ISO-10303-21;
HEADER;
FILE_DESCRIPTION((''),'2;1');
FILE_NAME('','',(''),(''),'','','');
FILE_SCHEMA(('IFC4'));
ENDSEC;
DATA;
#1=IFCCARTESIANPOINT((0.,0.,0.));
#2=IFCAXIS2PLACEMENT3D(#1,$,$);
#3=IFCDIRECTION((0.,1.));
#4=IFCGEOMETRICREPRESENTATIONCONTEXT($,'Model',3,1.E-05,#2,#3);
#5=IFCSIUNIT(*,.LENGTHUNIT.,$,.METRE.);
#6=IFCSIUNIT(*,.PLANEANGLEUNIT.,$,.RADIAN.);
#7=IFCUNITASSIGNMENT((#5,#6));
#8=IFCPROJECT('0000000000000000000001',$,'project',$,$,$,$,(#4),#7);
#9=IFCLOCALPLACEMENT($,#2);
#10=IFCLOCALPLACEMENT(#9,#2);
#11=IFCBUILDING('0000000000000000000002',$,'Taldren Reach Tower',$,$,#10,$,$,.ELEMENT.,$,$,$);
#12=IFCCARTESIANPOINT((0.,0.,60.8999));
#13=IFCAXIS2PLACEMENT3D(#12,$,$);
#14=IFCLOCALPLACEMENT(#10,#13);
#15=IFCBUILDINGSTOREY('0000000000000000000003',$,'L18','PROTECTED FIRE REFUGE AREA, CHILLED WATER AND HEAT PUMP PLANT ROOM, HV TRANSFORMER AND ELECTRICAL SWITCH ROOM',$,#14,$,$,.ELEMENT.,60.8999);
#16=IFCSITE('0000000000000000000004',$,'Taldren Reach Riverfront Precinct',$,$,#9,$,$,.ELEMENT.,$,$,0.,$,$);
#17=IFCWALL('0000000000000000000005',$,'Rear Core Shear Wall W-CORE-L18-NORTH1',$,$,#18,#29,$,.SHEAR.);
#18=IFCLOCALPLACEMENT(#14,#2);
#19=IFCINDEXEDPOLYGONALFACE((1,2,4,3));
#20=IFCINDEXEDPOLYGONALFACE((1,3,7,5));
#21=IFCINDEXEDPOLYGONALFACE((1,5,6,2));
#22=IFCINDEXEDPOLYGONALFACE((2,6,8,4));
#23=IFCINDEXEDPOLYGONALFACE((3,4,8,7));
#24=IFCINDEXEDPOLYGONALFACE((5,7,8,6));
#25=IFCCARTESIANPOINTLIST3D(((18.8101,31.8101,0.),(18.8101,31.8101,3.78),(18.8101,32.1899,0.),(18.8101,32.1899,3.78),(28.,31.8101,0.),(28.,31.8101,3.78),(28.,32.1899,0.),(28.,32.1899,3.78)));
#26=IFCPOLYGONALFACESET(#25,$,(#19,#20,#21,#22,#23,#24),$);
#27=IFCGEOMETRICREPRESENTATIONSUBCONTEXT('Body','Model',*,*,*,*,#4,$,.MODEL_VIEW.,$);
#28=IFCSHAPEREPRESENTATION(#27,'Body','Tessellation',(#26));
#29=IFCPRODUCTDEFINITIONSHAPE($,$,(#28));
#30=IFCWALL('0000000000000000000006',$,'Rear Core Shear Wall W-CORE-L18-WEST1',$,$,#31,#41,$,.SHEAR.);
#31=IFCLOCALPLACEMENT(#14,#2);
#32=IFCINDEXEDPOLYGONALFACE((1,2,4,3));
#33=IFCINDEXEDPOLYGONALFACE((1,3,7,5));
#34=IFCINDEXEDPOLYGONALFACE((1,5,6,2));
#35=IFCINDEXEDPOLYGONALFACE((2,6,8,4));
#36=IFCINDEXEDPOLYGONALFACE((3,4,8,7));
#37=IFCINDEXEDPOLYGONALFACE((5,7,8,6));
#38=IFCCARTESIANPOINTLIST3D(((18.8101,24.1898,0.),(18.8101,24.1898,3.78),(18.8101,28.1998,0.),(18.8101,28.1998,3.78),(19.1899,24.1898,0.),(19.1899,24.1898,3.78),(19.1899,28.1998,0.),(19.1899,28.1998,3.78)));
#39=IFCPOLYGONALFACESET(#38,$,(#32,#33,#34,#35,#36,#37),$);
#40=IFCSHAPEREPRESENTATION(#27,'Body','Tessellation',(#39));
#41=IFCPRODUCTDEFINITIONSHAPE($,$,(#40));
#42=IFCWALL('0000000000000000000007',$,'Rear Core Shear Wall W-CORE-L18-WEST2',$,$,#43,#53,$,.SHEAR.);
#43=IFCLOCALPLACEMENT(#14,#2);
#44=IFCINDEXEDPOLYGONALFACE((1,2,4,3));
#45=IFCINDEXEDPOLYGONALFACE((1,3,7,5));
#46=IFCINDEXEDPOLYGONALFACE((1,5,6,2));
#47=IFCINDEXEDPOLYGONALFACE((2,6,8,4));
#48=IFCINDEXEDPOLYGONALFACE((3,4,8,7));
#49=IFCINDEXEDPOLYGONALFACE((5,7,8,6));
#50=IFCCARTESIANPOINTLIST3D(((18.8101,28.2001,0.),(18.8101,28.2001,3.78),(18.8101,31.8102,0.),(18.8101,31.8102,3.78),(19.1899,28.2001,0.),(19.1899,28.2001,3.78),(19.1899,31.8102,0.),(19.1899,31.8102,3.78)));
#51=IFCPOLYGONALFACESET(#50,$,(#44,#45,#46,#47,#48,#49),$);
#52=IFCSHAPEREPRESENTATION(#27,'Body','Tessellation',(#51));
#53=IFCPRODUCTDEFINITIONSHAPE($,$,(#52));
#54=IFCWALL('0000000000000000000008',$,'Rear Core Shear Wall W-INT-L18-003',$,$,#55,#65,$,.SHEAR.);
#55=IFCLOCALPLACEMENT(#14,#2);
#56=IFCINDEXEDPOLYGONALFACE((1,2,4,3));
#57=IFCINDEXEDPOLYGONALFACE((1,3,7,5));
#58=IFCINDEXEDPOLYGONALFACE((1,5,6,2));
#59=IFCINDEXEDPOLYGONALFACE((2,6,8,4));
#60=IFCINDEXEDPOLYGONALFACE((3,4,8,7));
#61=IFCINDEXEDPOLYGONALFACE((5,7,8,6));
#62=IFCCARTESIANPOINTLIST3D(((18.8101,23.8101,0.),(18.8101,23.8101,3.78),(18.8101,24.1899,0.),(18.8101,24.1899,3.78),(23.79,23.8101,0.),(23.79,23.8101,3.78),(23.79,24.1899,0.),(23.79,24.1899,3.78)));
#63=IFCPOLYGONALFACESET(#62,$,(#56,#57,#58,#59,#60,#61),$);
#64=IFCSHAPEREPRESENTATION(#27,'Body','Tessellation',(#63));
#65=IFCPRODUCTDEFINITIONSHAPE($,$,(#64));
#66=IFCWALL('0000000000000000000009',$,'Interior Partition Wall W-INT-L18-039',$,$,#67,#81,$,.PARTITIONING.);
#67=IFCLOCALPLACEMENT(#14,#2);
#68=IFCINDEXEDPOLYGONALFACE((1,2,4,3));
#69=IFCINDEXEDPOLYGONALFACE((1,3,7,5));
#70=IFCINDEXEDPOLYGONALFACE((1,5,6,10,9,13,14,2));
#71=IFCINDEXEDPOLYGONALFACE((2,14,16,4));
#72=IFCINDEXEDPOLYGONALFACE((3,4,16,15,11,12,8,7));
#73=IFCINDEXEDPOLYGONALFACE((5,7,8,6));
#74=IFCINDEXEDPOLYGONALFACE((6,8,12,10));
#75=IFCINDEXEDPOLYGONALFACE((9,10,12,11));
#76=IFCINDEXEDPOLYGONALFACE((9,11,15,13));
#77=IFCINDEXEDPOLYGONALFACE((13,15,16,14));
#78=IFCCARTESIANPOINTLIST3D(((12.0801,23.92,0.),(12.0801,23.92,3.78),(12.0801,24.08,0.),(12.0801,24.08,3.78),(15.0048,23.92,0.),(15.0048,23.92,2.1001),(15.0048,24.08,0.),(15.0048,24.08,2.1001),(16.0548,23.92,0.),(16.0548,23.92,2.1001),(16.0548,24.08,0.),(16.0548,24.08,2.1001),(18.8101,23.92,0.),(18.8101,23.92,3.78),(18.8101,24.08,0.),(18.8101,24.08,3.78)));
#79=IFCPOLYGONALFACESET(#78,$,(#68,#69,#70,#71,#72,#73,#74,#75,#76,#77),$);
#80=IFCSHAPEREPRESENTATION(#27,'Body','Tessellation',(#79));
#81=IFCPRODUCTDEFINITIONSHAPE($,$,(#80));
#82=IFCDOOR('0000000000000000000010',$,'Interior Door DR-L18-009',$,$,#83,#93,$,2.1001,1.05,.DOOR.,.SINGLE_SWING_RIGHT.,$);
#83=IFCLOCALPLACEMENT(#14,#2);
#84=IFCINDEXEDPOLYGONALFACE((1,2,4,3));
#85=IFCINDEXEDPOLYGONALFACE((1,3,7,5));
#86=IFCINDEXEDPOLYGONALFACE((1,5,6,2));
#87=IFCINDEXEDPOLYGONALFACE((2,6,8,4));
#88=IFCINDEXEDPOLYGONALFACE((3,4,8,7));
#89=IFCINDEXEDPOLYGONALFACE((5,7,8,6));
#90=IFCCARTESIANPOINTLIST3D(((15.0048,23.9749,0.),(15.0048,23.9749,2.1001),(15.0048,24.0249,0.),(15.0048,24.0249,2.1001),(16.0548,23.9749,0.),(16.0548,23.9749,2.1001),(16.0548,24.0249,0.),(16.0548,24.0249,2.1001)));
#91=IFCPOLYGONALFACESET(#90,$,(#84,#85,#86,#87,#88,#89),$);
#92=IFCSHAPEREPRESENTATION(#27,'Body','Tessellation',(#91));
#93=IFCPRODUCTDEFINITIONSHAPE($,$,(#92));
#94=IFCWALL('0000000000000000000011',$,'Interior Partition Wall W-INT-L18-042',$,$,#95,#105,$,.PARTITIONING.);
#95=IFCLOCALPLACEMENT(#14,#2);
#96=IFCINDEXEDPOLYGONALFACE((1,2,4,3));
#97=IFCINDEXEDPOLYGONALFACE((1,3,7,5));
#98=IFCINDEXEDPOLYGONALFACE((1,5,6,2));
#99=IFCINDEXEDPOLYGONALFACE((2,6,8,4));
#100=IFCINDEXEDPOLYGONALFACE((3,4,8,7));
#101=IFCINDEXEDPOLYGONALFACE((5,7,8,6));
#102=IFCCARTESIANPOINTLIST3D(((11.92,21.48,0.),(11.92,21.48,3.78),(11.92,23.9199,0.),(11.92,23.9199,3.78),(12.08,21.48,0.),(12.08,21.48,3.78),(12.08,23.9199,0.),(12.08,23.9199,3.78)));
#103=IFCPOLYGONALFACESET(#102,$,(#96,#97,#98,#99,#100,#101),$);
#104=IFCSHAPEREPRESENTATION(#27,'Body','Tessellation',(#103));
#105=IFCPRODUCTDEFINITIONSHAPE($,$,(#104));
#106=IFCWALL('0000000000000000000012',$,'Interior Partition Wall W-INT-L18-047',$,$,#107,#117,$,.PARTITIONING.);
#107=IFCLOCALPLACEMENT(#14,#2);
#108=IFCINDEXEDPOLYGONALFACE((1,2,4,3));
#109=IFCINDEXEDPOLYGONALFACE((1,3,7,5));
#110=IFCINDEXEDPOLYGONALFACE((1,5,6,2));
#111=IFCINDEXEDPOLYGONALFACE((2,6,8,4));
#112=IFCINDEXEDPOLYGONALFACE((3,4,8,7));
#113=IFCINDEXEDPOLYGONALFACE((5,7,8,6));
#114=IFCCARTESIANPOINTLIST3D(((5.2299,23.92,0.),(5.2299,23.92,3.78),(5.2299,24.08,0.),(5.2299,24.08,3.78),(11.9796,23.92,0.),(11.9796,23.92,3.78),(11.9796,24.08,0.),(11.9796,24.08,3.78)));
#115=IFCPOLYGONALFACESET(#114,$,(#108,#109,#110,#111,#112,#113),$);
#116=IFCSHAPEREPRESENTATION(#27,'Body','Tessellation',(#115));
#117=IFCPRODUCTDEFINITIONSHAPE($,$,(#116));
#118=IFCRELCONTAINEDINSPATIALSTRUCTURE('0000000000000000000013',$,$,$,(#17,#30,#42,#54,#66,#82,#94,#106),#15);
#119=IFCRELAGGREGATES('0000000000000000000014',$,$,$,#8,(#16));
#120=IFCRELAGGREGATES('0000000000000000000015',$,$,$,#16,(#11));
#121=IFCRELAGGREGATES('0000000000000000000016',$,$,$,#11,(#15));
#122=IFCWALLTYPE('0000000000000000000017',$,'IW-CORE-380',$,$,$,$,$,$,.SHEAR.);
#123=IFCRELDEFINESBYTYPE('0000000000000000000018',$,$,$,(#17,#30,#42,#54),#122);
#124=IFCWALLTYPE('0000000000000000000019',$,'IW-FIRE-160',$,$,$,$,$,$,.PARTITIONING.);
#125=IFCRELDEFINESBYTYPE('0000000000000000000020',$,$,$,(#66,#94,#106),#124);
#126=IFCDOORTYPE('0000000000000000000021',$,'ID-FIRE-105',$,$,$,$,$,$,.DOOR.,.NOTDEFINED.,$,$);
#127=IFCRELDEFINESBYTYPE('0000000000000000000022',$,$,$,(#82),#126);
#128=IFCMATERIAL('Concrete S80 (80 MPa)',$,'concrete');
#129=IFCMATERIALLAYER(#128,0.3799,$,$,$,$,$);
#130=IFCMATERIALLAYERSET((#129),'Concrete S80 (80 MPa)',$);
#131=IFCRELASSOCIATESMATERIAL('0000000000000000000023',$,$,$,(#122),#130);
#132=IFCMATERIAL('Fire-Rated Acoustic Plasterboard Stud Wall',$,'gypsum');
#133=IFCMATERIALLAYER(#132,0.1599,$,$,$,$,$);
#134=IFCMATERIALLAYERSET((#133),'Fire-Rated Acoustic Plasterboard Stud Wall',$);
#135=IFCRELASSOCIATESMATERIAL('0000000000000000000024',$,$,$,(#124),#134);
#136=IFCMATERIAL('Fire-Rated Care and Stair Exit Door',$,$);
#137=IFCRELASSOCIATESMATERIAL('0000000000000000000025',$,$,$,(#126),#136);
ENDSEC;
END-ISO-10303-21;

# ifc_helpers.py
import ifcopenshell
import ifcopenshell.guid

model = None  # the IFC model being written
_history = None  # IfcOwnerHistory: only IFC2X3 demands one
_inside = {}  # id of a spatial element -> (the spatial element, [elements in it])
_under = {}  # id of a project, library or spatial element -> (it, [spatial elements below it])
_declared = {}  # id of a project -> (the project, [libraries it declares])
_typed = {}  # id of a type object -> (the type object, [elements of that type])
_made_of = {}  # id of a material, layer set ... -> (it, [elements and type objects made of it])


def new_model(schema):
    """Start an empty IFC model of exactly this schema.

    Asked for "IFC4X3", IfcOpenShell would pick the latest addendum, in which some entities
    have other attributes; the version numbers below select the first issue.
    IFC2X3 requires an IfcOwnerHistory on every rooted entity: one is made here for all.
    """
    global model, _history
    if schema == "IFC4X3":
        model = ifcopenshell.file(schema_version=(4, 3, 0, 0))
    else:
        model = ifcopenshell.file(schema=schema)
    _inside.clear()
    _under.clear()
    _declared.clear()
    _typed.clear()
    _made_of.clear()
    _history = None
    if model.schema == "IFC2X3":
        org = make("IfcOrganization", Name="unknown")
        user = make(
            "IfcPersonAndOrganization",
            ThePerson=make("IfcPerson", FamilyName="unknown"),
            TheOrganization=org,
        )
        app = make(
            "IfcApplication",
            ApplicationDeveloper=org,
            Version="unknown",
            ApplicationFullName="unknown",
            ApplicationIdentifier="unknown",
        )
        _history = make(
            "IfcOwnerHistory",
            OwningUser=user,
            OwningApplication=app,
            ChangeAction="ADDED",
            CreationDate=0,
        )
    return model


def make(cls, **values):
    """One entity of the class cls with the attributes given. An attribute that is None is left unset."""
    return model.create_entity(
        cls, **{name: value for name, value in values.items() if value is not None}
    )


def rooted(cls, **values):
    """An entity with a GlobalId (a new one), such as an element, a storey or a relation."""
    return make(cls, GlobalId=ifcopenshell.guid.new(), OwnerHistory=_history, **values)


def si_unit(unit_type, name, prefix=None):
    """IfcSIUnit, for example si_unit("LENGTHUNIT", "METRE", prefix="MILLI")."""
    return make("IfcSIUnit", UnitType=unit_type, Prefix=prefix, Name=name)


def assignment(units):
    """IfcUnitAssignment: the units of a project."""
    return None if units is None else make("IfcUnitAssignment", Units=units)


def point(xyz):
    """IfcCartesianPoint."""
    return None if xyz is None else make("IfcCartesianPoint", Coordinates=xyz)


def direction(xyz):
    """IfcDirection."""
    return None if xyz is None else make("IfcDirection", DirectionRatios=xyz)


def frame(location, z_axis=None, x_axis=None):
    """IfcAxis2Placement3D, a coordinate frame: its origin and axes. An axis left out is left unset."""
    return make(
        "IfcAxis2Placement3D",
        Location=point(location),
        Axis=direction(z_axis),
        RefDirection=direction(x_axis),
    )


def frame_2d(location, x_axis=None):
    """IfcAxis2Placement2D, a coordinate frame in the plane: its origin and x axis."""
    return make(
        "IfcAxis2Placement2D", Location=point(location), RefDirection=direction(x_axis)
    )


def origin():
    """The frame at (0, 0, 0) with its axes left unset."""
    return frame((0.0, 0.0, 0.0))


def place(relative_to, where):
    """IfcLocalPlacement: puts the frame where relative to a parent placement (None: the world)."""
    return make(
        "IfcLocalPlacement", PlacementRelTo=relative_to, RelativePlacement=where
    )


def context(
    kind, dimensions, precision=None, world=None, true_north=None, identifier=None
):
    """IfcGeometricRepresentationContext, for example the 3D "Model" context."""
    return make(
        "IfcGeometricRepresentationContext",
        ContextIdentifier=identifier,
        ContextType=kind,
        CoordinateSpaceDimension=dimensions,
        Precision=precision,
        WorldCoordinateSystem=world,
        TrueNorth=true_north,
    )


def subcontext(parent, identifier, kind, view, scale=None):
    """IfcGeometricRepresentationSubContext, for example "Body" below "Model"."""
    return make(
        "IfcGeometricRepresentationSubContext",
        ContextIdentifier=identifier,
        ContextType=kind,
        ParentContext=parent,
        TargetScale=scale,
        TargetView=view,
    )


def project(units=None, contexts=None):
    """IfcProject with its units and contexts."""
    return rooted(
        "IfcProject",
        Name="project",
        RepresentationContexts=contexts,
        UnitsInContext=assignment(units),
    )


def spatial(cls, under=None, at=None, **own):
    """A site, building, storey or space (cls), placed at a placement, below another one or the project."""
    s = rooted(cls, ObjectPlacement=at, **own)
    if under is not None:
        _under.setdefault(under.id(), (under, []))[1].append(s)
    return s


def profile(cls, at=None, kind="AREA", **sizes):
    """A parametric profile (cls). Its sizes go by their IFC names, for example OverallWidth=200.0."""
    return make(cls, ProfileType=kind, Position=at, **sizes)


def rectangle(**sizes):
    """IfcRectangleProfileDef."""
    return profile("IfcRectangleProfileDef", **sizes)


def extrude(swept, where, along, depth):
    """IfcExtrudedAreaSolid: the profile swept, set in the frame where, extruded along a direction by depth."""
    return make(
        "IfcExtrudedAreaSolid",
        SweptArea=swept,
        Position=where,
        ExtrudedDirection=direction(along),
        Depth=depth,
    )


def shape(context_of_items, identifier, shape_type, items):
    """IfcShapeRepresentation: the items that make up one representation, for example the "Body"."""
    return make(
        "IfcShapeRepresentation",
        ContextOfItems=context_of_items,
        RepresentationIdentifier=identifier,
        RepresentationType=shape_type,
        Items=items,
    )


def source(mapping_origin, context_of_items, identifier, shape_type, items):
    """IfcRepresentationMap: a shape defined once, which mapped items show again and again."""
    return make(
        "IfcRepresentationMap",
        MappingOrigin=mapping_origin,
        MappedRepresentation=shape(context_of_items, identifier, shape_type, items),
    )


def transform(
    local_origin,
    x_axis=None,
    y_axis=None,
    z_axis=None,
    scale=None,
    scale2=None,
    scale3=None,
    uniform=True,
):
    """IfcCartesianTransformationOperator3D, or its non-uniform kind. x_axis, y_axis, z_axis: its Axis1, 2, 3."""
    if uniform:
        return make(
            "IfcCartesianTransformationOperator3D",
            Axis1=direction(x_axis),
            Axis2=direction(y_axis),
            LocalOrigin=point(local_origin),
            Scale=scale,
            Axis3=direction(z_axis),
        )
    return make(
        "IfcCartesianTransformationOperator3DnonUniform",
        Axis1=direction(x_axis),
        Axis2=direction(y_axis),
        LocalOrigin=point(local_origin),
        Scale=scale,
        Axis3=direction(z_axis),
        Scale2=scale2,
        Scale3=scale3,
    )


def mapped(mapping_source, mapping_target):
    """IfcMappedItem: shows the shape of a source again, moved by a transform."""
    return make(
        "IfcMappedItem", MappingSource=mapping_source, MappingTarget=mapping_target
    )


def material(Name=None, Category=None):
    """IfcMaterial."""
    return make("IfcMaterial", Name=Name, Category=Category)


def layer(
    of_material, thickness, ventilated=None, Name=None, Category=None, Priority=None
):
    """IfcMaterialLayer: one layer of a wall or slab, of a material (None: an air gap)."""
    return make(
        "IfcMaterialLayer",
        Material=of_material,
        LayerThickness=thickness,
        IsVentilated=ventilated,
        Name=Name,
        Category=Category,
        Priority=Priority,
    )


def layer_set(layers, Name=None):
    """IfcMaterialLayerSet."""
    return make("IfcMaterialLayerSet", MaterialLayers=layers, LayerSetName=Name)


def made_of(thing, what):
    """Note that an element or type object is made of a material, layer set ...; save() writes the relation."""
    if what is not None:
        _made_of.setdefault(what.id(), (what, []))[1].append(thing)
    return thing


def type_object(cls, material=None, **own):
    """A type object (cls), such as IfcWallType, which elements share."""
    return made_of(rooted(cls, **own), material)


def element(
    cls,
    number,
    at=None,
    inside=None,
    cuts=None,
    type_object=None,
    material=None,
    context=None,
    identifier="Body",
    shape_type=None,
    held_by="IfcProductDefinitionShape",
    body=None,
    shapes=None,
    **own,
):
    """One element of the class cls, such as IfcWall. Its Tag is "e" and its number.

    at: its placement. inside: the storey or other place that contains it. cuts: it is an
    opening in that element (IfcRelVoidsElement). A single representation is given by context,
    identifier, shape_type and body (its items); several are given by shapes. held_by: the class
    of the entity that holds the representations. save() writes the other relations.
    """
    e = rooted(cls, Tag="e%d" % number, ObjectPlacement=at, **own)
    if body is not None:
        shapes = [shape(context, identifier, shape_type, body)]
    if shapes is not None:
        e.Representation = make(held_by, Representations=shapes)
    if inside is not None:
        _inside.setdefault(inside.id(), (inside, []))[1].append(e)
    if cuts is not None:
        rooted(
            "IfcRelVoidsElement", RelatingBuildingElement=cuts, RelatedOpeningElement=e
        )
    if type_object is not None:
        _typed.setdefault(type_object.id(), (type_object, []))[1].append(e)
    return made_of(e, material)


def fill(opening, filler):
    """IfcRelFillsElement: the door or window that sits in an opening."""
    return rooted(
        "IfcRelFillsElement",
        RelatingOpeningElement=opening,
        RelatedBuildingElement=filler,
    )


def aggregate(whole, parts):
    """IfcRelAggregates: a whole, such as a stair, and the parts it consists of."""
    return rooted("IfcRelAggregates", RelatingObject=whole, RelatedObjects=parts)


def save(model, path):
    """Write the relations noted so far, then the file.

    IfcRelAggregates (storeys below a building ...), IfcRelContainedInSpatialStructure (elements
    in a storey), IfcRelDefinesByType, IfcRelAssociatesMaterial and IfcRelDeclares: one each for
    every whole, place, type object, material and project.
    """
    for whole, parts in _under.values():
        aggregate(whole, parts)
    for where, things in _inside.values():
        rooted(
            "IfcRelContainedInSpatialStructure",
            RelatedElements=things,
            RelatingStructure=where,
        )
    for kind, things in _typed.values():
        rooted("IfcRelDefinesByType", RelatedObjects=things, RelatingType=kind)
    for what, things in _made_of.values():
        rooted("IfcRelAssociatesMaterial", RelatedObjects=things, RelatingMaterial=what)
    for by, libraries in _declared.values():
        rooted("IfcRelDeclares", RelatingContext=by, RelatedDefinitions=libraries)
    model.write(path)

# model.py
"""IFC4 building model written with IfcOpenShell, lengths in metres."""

from ifc_helpers import new_model, si_unit, direction, frame, frame_2d, origin, place, context, subcontext, project, spatial, rectangle, extrude, source, transform, mapped, material, layer, layer_set, type_object, element, fill, save


model = new_model("IFC4")

# Units and contexts
model_context = context("Model", 3, precision=1e-05, world=origin(), true_north=direction((0.0, 1.0)))
body_context = subcontext(model_context, "Body", "Model", "MODEL_VIEW")
ifc_project = project(units=[si_unit("LENGTHUNIT", "METRE"), si_unit("PLANEANGLEUNIT", "RADIAN")], contexts=[model_context])

# Site, building, storey
site_placement = place(None, origin())
site = spatial("IfcSite", under=ifc_project, at=site_placement, Name="Taldren Reach Riverfront Precinct", CompositionType="ELEMENT", RefElevation=0.0)
building_placement = place(site_placement, origin())
building = spatial("IfcBuilding", under=site, at=building_placement, Name="Taldren Reach Tower", CompositionType="ELEMENT")
storey_placement = place(building_placement, frame((0.0, 0.0, 60.8999)))
storey = spatial("IfcBuildingStorey", under=building, at=storey_placement, Name="L18", Description="PROTECTED FIRE REFUGE AREA, CHILLED WATER AND HEAT PUMP PLANT ROOM, HV TRANSFORMER AND ELECTRICAL SWITCH ROOM", CompositionType="ELEMENT", Elevation=60.8999)

# Shared definitions
ifc_material_1 = material(Name="Concrete S80 (80 MPa)", Category="concrete")

# Walls
ifc_layer_1 = layer(ifc_material_1, 0.3799)
ifc_layer_set_1 = layer_set([ifc_layer_1], Name="Concrete S80 (80 MPa)")
wall_type_1 = type_object("IfcWallType", Name="IW-CORE-380", PredefinedType="SHEAR", material=ifc_layer_set_1)
shared_shape_1 = source(origin(), body_context, "Body", "SweptSolid", [
    extrude(rectangle(XDim=9.1899, YDim=0.3799, at=frame_2d((4.595, 0.0))), origin(), (0.0, 0.0, 1.0), 3.78),
])
wall_1_placement = place(storey_placement, frame((18.8101, 32.0, 0.0), z_axis=(0.0, 0.0, 1.0), x_axis=(1.0, 0.0, 0.0)))
element("IfcWall", 1, at=wall_1_placement, inside=storey, type_object=wall_type_1, Name="Rear Core Shear Wall W-CORE-L18-NORTH1", PredefinedType="SHEAR", context=body_context, shape_type="MappedRepresentation", body=[
    mapped(shared_shape_1, transform((0.0, 0.0, 0.0), scale=1.0)),
])
shared_shape_2 = source(origin(), body_context, "Body", "SweptSolid", [
    extrude(rectangle(XDim=4.01, YDim=0.3799, at=frame_2d((2.0049, 0.0))), origin(), (0.0, 0.0, 1.0), 3.78),
])
wall_2_placement = place(storey_placement, frame((19.0, 24.1899, 0.0), z_axis=(0.0, 0.0, 1.0), x_axis=(0.0, 1.0, 0.0)))
element("IfcWall", 2, at=wall_2_placement, inside=storey, type_object=wall_type_1, Name="Rear Core Shear Wall W-CORE-L18-WEST1", PredefinedType="SHEAR", context=body_context, shape_type="MappedRepresentation", body=[
    mapped(shared_shape_2, transform((0.0, 0.0, 0.0), scale=1.0)),
])
shared_shape_3 = source(origin(), body_context, "Body", "SweptSolid", [
    extrude(rectangle(XDim=3.6101, YDim=0.3799, at=frame_2d((1.8052, 0.0))), origin(), (0.0, 0.0, 1.0), 3.78),
])
wall_3_placement = place(storey_placement, frame((19.0, 28.2, 0.0), z_axis=(0.0, 0.0, 1.0), x_axis=(0.0, 1.0, 0.0)))
element("IfcWall", 3, at=wall_3_placement, inside=storey, type_object=wall_type_1, Name="Rear Core Shear Wall W-CORE-L18-WEST2", PredefinedType="SHEAR", context=body_context, shape_type="MappedRepresentation", body=[
    mapped(shared_shape_3, transform((0.0, 0.0, 0.0), scale=1.0)),
])
shared_shape_4 = source(origin(), body_context, "Body", "SweptSolid", [
    extrude(rectangle(XDim=4.98, YDim=0.3799, at=frame_2d((2.49, 0.0))), origin(), (0.0, 0.0, 1.0), 3.78),
])
wall_4_placement = place(storey_placement, frame((18.8101, 24.0, 0.0), z_axis=(0.0, 0.0, 1.0), x_axis=(1.0, 0.0, 0.0)))
element("IfcWall", 4, at=wall_4_placement, inside=storey, type_object=wall_type_1, Name="Rear Core Shear Wall W-INT-L18-003", PredefinedType="SHEAR", context=body_context, shape_type="MappedRepresentation", body=[
    mapped(shared_shape_4, transform((0.0, 0.0, 0.0), scale=1.0)),
])

# Wall, opening, door
ifc_material_2 = material(Name="Fire-Rated Acoustic Plasterboard Stud Wall", Category="gypsum")
ifc_layer_2 = layer(ifc_material_2, 0.1599)
ifc_layer_set_2 = layer_set([ifc_layer_2], Name="Fire-Rated Acoustic Plasterboard Stud Wall")
wall_type_2 = type_object("IfcWallType", Name="IW-FIRE-160", PredefinedType="PARTITIONING", material=ifc_layer_set_2)
shared_shape_5 = source(origin(), body_context, "Body", "SweptSolid", [
    extrude(rectangle(XDim=6.73, YDim=0.1599, at=frame_2d((3.365, 0.0))), origin(), (0.0, 0.0, 1.0), 3.78),
])
wall_5_placement = place(storey_placement, frame((12.0801, 24.0, 0.0), z_axis=(0.0, 0.0, 1.0), x_axis=(1.0, 0.0, 0.0)))
wall_5 = element("IfcWall", 5, at=wall_5_placement, inside=storey, type_object=wall_type_2, Name="Interior Partition Wall W-INT-L18-039", PredefinedType="PARTITIONING", context=body_context, shape_type="MappedRepresentation", body=[
    mapped(shared_shape_5, transform((0.0, 0.0, 0.0), scale=1.0)),
])
shared_shape_6 = source(origin(), body_context, "Body", "SweptSolid", [
    extrude(rectangle(XDim=1.05, YDim=2.1001, at=frame_2d((0.5249, 1.05))), frame((0.0, 0.0898, 0.0), z_axis=(0.0, -1.0, 0.0), x_axis=(1.0, 0.0, 0.0)), (0.0, 0.0, 1.0), 0.1799),
])
opening_placement = place(wall_5_placement, frame((2.9248, 0.0, 0.0)))
opening = element("IfcOpeningElement", 6, at=opening_placement, cuts=wall_5, PredefinedType="OPENING", context=body_context, shape_type="MappedRepresentation", body=[
    mapped(shared_shape_6, transform((0.0, 0.0, 0.0), scale=1.0)),
])
ifc_material_3 = material(Name="Fire-Rated Care and Stair Exit Door")
door_type = type_object("IfcDoorType", Name="ID-FIRE-105", OperationType="NOTDEFINED", PredefinedType="DOOR", material=ifc_material_3)
shared_shape_7 = source(origin(), body_context, "Body", "SweptSolid", [
    extrude(rectangle(XDim=1.05, YDim=2.1001, at=frame_2d((0.5249, 1.05))), frame((0.0, 0.0249, 0.0), z_axis=(0.0, -1.0, 0.0), x_axis=(1.0, 0.0, 0.0)), (0.0, 0.0, 1.0), 0.05),
])
door_placement = place(opening_placement, origin())
door = element("IfcDoor", 7, at=door_placement, inside=storey, type_object=door_type, Name="Interior Door DR-L18-009", OperationType="SINGLE_SWING_RIGHT", OverallHeight=2.1001, OverallWidth=1.05, PredefinedType="DOOR", context=body_context, shape_type="MappedRepresentation", body=[
    mapped(shared_shape_7, transform((0.0, 0.0, 0.0), scale=1.0)),
])
fill(opening, door)

# Walls
shared_shape_8 = source(origin(), body_context, "Body", "SweptSolid", [
    extrude(rectangle(XDim=2.4399, YDim=0.1599, at=frame_2d((1.22, 0.0))), origin(), (0.0, 0.0, 1.0), 3.78),
])
wall_6_placement = place(storey_placement, frame((12.0, 21.48, 0.0), z_axis=(0.0, 0.0, 1.0), x_axis=(0.0, 1.0, 0.0)))
element("IfcWall", 8, at=wall_6_placement, inside=storey, type_object=wall_type_2, Name="Interior Partition Wall W-INT-L18-042", PredefinedType="PARTITIONING", context=body_context, shape_type="MappedRepresentation", body=[
    mapped(shared_shape_8, transform((0.0, 0.0, 0.0), scale=1.0)),
])
shared_shape_9 = source(origin(), body_context, "Body", "SweptSolid", [
    extrude(rectangle(XDim=6.7498, YDim=0.1599, at=frame_2d((3.375, 0.0))), origin(), (0.0, 0.0, 1.0), 3.78),
])
wall_7_placement = place(storey_placement, frame((11.9797, 24.0, 0.0), z_axis=(0.0, 0.0, 1.0), x_axis=(-1.0, 0.0, 0.0)))
element("IfcWall", 9, at=wall_7_placement, inside=storey, type_object=wall_type_2, Name="Interior Partition Wall W-INT-L18-047", PredefinedType="PARTITIONING", context=body_context, shape_type="MappedRepresentation", body=[
    mapped(shared_shape_9, transform((0.0, 0.0, 0.0), scale=1.0)),
])

save(model, "model.ifc")
